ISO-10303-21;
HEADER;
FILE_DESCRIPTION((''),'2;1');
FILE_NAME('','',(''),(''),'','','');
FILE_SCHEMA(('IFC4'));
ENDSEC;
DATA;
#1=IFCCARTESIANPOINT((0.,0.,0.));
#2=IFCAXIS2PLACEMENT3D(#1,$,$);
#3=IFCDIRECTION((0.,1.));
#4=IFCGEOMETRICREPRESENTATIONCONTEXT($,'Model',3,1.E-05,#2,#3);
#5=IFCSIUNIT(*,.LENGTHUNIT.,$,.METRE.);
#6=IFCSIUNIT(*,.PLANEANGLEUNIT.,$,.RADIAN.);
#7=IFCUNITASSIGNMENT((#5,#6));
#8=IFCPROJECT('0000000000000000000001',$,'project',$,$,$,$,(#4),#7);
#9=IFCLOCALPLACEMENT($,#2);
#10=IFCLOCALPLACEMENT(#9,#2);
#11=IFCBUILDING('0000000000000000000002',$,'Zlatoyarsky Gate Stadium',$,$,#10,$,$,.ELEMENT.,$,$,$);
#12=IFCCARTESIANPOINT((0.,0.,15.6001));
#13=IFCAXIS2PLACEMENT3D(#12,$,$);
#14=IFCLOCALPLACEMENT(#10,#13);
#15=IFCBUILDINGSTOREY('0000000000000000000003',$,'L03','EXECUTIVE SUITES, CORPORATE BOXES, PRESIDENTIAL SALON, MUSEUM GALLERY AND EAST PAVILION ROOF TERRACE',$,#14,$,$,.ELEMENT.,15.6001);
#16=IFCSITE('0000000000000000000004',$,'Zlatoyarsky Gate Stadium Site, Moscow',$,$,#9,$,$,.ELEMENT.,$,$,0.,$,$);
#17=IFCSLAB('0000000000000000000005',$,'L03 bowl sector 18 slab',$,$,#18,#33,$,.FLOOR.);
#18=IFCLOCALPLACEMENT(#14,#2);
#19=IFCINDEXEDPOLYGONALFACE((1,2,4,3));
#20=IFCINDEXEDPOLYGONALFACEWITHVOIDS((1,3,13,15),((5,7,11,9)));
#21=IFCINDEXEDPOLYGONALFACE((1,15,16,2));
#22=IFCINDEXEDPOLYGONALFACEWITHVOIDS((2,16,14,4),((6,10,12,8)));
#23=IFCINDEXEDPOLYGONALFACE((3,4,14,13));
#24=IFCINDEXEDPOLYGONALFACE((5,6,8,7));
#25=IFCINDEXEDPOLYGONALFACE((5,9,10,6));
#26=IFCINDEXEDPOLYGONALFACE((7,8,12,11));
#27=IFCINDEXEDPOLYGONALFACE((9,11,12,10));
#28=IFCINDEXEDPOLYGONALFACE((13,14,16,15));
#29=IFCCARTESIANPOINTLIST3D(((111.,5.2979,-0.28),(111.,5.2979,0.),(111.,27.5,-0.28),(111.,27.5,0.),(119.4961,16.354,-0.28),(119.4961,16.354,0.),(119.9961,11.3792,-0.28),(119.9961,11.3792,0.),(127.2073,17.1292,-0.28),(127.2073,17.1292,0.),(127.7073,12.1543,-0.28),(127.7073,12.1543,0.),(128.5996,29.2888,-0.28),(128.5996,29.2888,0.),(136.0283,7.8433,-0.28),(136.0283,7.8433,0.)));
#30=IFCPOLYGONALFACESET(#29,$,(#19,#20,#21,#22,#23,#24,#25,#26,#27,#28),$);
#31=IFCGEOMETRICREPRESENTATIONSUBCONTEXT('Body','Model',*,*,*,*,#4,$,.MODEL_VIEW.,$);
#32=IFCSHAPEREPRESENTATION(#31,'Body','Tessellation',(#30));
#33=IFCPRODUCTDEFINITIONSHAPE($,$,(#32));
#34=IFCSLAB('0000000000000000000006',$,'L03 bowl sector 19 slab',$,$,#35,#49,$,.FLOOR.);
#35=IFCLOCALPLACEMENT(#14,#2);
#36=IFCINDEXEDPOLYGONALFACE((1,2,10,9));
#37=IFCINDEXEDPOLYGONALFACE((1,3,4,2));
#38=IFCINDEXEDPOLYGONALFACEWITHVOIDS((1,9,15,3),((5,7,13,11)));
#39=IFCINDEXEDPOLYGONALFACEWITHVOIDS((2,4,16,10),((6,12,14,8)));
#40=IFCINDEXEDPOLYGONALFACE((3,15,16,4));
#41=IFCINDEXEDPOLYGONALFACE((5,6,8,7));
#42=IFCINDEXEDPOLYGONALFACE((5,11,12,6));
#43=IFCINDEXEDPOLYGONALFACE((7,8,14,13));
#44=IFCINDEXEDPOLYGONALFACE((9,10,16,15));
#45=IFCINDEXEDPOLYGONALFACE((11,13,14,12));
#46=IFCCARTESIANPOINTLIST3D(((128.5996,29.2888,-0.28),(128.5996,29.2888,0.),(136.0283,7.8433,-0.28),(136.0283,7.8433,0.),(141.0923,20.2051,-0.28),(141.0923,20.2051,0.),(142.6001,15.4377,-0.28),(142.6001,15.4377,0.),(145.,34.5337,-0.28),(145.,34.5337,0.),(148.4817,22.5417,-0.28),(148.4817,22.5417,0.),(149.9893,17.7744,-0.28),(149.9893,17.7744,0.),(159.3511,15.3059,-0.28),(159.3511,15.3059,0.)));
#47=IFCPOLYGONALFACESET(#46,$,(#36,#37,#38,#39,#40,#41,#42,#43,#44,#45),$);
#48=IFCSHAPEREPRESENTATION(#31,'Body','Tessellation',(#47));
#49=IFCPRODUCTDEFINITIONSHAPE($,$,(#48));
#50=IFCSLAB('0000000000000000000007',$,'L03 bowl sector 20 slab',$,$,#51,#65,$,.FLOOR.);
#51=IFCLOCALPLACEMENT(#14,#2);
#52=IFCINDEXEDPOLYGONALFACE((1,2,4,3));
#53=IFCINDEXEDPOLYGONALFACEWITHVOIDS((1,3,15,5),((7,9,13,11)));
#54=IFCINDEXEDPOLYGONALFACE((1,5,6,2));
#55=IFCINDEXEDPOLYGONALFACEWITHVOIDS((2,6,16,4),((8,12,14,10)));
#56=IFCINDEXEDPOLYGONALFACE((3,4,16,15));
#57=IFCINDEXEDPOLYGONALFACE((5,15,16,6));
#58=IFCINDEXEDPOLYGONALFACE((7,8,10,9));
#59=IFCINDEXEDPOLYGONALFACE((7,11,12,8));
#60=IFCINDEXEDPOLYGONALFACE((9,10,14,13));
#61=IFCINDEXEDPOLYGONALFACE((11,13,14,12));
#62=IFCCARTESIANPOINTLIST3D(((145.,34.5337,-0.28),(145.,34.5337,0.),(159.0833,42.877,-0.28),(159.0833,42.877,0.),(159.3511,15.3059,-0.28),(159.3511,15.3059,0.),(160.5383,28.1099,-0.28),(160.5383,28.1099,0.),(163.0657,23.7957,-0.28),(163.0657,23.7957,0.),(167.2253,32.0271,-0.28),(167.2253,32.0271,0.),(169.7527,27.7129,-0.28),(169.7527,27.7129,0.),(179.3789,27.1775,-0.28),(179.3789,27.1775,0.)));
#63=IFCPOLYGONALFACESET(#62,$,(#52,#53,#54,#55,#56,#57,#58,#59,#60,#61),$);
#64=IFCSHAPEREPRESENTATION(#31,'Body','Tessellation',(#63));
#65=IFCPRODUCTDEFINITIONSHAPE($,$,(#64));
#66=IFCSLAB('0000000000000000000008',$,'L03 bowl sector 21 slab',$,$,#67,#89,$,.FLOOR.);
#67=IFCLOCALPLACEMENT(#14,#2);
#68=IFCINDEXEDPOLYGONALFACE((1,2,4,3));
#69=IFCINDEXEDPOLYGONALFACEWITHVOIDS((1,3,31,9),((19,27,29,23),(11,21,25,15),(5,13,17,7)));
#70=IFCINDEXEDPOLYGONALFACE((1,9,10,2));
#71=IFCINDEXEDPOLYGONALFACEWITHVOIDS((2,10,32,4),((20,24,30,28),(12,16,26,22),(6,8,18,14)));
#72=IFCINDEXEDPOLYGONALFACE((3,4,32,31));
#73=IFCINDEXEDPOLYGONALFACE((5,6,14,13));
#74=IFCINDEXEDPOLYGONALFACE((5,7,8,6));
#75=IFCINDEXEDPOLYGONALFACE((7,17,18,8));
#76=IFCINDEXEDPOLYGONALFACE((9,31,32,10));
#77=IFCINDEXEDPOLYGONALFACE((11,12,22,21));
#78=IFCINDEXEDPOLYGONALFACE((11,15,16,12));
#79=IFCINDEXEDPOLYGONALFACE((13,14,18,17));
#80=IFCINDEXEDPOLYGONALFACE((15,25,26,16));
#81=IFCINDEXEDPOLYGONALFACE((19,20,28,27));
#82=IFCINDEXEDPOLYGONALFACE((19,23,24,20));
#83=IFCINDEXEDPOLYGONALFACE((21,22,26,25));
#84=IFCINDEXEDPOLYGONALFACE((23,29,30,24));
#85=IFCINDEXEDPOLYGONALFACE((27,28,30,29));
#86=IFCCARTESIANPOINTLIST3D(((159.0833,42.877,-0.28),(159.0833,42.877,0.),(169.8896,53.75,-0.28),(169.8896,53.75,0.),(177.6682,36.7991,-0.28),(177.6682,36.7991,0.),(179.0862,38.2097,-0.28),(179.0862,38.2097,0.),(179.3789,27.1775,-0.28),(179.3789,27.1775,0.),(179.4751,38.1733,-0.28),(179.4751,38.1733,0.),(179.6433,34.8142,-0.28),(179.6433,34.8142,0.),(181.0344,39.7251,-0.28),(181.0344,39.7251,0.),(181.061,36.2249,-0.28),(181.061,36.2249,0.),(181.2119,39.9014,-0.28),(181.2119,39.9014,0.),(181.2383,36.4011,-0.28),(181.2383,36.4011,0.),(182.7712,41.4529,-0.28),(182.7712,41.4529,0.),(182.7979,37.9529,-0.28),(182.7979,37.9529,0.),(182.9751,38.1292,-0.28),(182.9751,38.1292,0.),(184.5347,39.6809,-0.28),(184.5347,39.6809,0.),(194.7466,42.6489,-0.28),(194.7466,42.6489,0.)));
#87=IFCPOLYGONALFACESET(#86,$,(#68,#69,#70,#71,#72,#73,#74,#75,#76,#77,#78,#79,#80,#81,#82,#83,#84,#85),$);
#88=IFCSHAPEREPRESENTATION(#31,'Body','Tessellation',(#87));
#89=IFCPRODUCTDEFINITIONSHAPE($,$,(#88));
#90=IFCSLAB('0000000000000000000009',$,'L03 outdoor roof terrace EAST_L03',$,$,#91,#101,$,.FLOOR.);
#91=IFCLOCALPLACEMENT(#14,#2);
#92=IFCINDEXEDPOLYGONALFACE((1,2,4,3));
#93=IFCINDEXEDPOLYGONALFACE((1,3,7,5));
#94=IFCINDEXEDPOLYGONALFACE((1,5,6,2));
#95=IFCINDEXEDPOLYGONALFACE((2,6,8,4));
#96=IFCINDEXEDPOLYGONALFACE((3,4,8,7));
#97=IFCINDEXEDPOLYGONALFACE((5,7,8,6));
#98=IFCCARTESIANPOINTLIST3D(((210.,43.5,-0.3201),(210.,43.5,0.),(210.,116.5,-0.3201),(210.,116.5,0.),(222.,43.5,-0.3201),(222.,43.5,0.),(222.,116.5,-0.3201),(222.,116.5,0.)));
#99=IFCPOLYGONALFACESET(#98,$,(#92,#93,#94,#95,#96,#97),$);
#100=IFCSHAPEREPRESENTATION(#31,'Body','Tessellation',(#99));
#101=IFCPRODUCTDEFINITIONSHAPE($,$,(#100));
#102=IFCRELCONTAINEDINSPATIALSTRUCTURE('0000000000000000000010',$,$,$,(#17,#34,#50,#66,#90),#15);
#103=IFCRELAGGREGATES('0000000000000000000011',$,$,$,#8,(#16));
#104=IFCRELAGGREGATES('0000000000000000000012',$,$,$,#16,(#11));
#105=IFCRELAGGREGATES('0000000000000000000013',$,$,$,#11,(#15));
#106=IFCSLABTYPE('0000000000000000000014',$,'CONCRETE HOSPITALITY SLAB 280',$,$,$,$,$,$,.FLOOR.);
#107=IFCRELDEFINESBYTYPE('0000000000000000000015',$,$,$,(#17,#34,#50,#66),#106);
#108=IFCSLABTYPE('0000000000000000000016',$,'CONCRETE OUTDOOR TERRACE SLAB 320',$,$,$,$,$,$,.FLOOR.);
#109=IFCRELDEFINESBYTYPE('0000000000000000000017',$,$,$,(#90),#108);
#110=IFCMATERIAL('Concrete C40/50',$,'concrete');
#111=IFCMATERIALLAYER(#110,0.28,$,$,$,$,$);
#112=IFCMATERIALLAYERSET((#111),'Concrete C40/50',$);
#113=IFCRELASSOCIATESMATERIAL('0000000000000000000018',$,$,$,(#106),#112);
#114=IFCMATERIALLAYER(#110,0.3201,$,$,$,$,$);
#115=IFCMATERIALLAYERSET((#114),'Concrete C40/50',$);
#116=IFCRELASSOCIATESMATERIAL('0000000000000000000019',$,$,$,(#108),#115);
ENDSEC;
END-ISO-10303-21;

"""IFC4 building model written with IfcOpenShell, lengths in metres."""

from ifc_helpers import new_model, si_unit, direction, frame, origin, place, context, subcontext, project, spatial, polyline, outline, extrude, material, layer, layer_set, type_object, element, save


model = new_model("IFC4")

# Units and contexts
model_context = context("Model", 3, precision=1e-05, world=origin(), true_north=direction((0.0, 1.0)))
body_context = subcontext(model_context, "Body", "Model", "MODEL_VIEW")
ifc_project = project(units=[si_unit("LENGTHUNIT", "METRE"), si_unit("PLANEANGLEUNIT", "RADIAN")], contexts=[model_context])

# Site, building, storey
site_placement = place(None, origin())
site = spatial("IfcSite", under=ifc_project, at=site_placement, Name="Zlatoyarsky Gate Stadium Site, Moscow", CompositionType="ELEMENT", RefElevation=0.0)
building_placement = place(site_placement, origin())
building = spatial("IfcBuilding", under=site, at=building_placement, Name="Zlatoyarsky Gate Stadium", CompositionType="ELEMENT")
storey_placement = place(building_placement, frame((0.0, 0.0, 15.6001)))
storey = spatial("IfcBuildingStorey", under=building, at=storey_placement, Name="L03", Description="EXECUTIVE SUITES, CORPORATE BOXES, PRESIDENTIAL SALON, MUSEUM GALLERY AND EAST PAVILION ROOF TERRACE", CompositionType="ELEMENT", Elevation=15.6001)

# Slabs
ifc_material = material(Name="Concrete C40/50", Category="concrete")
ifc_layer_1 = layer(ifc_material, 0.28)
ifc_layer_set_1 = layer_set([ifc_layer_1], Name="Concrete C40/50")
slab_type_1 = type_object("IfcSlabType", Name="CONCRETE HOSPITALITY SLAB 280", PredefinedType="FLOOR", material=ifc_layer_set_1)
slab_1_placement = place(storey_placement, frame((0.0, 0.0, -0.28)))
element("IfcSlab", 1, at=slab_1_placement, inside=storey, type_object=slab_type_1, Name="L03 bowl sector 18 slab", PredefinedType="FLOOR", context=body_context, shape_type="SweptSolid", body=[
    extrude(outline(polyline([(128.5996, 29.2888), (136.0283, 7.8433), (111.0, 5.2979), (111.0, 27.5), (128.5996, 29.2888)]), holes=[polyline([(119.9961, 11.3792), (127.7073, 12.1543), (127.2073, 17.1292), (119.4961, 16.354), (119.9961, 11.3792)])]), origin(), (0.0, 0.0, 1.0), 0.28),
])
slab_2_placement = place(storey_placement, frame((0.0, 0.0, -0.28)))
element("IfcSlab", 2, at=slab_2_placement, inside=storey, type_object=slab_type_1, Name="L03 bowl sector 19 slab", PredefinedType="FLOOR", context=body_context, shape_type="SweptSolid", body=[
    extrude(outline(polyline([(145.0, 34.5337), (159.3511, 15.3059), (136.0283, 7.8433), (128.5996, 29.2888), (145.0, 34.5337)]), holes=[polyline([(142.6001, 15.4377), (149.9893, 17.7744), (148.4817, 22.5417), (141.0923, 20.2051), (142.6001, 15.4377)])]), origin(), (0.0, 0.0, 1.0), 0.28),
])
slab_3_placement = place(storey_placement, frame((0.0, 0.0, -0.28)))
element("IfcSlab", 3, at=slab_3_placement, inside=storey, type_object=slab_type_1, Name="L03 bowl sector 20 slab", PredefinedType="FLOOR", context=body_context, shape_type="SweptSolid", body=[
    extrude(outline(polyline([(159.0833, 42.877), (179.3789, 27.1775), (159.3511, 15.3059), (145.0, 34.5337), (159.0833, 42.877)]), holes=[polyline([(163.0657, 23.7957), (169.7527, 27.7129), (167.2253, 32.0271), (160.5383, 28.1099), (163.0657, 23.7957)])]), origin(), (0.0, 0.0, 1.0), 0.28),
])
slab_4_placement = place(storey_placement, frame((0.0, 0.0, -0.28)))
element("IfcSlab", 4, at=slab_4_placement, inside=storey, type_object=slab_type_1, Name="L03 bowl sector 21 slab", PredefinedType="FLOOR", context=body_context, shape_type="SweptSolid", body=[
    extrude(outline(polyline([(169.8896, 53.75), (194.7466, 42.6489), (179.3789, 27.1775), (159.0833, 42.877), (169.8896, 53.75)]), holes=[polyline([(179.6433, 34.8142), (181.061, 36.2249), (179.0862, 38.2097), (177.6682, 36.7991), (179.6433, 34.8142)]), polyline([(181.2383, 36.4011), (182.7979, 37.9529), (181.0344, 39.7251), (179.4751, 38.1733), (181.2383, 36.4011)]), polyline([(182.9751, 38.1292), (184.5347, 39.6809), (182.7712, 41.4529), (181.2119, 39.9014), (182.9751, 38.1292)])]), origin(), (0.0, 0.0, 1.0), 0.28),
])
ifc_layer_2 = layer(ifc_material, 0.3201)
ifc_layer_set_2 = layer_set([ifc_layer_2], Name="Concrete C40/50")
slab_type_2 = type_object("IfcSlabType", Name="CONCRETE OUTDOOR TERRACE SLAB 320", PredefinedType="FLOOR", material=ifc_layer_set_2)
slab_5_placement = place(storey_placement, frame((0.0, 0.0, -0.3201)))
element("IfcSlab", 5, at=slab_5_placement, inside=storey, type_object=slab_type_2, Name="L03 outdoor roof terrace EAST_L03", PredefinedType="FLOOR", context=body_context, shape_type="SweptSolid", body=[
    extrude(outline(polyline([(210.0, 43.5), (210.0, 116.5), (222.0, 116.5), (222.0, 43.5), (210.0, 43.5)])), origin(), (0.0, 0.0, 1.0), 0.3201),
])

save(model, "model.ifc")
